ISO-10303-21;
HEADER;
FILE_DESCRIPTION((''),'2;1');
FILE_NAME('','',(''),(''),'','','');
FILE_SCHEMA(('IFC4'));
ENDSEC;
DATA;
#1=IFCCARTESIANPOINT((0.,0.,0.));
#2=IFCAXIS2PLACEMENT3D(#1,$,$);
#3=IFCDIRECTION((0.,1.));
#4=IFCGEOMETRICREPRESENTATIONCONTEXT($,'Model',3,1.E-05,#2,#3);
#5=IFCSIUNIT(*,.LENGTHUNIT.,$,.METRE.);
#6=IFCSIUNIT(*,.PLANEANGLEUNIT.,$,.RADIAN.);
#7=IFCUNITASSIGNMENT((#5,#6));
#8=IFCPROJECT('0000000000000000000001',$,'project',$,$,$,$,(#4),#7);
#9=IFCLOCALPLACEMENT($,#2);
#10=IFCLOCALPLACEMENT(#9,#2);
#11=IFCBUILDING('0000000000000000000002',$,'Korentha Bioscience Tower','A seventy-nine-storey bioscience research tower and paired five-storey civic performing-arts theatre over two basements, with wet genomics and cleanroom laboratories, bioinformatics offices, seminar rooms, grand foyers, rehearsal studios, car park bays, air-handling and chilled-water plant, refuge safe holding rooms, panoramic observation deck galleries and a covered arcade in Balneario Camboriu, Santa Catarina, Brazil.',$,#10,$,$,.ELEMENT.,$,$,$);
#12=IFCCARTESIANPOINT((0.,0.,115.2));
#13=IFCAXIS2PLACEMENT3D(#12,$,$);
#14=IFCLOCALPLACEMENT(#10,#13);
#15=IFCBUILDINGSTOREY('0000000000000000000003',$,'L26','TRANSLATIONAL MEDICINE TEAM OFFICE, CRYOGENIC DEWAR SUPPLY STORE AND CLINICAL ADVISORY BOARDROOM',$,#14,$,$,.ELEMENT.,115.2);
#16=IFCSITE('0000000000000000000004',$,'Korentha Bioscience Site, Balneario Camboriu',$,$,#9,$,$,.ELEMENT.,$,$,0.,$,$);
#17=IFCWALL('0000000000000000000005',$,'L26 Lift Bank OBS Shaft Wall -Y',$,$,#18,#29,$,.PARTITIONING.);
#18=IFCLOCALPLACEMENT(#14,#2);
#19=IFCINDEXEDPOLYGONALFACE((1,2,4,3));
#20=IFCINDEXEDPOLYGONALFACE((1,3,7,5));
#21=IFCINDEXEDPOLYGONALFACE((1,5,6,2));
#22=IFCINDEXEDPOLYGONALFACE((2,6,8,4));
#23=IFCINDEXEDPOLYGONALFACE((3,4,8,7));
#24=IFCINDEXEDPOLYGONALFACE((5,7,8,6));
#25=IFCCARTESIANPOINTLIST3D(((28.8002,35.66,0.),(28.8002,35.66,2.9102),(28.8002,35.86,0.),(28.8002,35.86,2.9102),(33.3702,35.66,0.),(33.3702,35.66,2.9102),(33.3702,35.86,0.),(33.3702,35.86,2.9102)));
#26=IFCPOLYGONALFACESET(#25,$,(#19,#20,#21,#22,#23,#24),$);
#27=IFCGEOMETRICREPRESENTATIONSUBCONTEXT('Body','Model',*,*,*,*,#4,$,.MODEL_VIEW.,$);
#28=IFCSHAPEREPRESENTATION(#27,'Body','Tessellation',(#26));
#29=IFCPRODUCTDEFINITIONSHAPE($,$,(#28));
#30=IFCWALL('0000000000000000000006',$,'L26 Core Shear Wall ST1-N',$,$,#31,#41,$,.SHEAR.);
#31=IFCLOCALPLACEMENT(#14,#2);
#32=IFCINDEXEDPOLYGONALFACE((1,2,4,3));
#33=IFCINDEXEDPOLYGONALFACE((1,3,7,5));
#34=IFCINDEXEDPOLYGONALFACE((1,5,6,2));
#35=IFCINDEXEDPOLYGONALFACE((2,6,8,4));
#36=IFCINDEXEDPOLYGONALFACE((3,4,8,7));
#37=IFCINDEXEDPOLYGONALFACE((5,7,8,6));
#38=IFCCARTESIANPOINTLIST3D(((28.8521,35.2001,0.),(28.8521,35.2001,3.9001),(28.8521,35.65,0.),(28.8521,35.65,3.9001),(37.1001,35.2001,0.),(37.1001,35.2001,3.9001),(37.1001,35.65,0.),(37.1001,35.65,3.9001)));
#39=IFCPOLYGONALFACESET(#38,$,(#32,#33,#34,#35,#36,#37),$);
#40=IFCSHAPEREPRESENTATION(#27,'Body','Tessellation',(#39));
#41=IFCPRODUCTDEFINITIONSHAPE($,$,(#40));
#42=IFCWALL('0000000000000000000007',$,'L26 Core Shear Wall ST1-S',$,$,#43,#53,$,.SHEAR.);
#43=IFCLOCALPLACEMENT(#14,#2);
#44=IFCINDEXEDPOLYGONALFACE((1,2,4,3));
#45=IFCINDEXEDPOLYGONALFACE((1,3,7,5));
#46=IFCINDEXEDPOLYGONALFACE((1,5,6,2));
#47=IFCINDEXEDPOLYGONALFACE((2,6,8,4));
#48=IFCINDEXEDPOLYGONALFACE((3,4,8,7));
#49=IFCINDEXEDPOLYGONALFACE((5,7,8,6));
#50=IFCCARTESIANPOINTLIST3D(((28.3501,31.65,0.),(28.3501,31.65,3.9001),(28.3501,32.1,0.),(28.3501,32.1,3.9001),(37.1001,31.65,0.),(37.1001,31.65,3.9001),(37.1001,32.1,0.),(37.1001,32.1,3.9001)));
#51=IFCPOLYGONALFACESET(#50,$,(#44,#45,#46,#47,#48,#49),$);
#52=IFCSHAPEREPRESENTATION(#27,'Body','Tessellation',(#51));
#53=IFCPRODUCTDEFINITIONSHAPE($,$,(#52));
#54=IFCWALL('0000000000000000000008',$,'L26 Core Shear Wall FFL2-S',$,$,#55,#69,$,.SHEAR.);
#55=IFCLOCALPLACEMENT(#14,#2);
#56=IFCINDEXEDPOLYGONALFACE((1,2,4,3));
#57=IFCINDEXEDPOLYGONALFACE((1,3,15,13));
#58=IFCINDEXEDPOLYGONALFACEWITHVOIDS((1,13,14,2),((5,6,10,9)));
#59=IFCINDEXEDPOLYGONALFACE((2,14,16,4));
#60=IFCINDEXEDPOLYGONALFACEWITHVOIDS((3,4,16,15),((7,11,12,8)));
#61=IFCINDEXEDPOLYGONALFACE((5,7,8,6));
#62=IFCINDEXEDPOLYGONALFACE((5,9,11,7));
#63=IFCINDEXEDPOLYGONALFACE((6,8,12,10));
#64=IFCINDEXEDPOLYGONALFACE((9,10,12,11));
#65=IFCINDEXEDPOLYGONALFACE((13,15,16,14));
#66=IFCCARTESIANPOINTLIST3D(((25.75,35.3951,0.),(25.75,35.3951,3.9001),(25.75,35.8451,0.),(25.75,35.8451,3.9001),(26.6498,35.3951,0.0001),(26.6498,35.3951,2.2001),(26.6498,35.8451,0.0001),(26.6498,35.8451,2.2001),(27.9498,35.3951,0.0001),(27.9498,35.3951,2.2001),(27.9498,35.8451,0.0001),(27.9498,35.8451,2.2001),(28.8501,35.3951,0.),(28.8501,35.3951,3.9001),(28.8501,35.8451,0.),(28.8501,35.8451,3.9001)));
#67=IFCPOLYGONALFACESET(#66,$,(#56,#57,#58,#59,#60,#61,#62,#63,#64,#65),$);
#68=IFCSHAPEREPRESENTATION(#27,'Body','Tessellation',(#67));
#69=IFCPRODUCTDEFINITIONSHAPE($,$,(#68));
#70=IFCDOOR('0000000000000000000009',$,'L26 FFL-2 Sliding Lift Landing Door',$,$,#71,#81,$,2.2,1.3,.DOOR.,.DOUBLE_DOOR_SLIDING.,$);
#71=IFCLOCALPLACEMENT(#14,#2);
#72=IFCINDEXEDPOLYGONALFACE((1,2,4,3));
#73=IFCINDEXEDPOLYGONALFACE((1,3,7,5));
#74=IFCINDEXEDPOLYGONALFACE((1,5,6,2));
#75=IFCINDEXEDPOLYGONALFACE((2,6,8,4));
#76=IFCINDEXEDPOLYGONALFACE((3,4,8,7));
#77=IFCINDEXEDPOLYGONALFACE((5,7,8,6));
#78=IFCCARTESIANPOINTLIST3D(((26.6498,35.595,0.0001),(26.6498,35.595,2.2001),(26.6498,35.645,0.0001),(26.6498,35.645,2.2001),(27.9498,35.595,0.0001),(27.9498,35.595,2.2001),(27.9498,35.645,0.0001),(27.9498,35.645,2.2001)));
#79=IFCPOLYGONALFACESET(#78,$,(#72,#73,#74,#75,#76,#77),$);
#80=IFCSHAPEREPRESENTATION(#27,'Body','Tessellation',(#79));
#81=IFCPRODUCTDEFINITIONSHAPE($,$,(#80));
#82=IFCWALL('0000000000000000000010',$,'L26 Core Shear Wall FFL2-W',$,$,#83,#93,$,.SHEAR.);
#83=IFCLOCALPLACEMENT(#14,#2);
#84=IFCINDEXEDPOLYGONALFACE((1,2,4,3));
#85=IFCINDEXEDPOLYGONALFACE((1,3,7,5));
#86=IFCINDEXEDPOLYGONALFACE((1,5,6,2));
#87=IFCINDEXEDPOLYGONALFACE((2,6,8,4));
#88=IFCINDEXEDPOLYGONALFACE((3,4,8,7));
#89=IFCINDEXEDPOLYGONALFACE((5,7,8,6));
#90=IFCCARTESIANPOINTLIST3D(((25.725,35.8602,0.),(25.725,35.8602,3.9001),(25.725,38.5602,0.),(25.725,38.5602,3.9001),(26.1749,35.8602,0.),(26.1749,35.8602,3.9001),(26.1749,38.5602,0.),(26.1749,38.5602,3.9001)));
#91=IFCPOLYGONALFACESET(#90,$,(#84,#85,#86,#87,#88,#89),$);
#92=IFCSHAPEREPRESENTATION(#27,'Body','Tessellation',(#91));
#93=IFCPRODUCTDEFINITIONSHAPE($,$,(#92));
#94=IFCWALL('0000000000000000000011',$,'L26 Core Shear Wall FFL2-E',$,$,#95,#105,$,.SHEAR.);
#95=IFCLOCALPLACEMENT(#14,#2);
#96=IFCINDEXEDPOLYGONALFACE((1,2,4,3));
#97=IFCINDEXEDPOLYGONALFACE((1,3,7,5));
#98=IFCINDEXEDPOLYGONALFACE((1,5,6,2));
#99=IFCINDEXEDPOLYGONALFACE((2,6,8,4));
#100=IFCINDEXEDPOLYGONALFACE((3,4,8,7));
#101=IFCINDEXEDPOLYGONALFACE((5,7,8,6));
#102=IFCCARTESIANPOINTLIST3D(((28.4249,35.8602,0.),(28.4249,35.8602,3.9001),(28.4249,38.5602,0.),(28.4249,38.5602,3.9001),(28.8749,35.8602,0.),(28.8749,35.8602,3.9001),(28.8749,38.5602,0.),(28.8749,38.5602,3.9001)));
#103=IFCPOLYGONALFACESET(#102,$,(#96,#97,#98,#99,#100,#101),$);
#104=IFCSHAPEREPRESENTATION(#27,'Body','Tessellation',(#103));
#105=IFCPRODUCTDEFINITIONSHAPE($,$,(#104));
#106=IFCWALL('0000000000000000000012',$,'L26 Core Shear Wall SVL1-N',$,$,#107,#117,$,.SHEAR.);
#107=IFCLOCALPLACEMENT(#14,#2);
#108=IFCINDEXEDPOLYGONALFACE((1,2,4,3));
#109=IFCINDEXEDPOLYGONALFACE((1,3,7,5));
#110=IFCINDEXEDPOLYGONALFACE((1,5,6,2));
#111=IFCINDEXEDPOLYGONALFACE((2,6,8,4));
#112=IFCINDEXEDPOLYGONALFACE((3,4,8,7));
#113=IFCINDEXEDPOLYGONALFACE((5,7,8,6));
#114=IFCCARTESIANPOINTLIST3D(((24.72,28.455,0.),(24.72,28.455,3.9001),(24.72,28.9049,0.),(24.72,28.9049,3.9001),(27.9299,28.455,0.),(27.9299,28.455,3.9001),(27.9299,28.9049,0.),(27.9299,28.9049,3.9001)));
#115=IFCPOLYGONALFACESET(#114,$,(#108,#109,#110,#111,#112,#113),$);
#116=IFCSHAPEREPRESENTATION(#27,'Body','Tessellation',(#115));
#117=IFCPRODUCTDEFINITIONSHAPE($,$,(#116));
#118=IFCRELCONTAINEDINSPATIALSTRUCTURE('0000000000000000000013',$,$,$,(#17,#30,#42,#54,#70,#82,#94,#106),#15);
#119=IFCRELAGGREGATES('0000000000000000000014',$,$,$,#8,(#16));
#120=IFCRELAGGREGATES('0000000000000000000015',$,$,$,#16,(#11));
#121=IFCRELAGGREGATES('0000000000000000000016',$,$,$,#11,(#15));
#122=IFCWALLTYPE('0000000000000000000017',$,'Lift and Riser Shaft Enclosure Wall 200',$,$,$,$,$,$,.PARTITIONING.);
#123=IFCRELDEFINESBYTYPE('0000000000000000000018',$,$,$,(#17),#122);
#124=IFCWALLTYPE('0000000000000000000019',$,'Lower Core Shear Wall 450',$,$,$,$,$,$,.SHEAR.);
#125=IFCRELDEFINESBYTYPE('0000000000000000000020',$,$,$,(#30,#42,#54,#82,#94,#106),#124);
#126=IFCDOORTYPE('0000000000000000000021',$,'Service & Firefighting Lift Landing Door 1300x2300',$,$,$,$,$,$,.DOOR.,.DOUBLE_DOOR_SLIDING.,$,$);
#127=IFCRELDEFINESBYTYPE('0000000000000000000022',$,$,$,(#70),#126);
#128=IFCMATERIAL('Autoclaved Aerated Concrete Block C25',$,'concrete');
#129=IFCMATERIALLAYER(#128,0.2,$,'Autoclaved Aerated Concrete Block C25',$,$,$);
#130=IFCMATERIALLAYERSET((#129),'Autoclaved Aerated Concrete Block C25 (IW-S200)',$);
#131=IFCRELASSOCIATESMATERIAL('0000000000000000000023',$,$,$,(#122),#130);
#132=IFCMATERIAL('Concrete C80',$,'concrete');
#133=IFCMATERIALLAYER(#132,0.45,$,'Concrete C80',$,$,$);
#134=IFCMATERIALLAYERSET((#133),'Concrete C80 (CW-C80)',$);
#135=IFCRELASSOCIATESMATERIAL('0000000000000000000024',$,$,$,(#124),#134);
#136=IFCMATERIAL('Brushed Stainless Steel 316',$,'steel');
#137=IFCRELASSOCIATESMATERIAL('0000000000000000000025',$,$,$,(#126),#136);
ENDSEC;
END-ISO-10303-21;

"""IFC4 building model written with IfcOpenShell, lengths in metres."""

from ifc_helpers import new_model, si_unit, direction, frame, frame_2d, origin, place, context, subcontext, project, spatial, rectangle, extrude, material, layer, layer_set, type_object, element, fill, save


model = new_model("IFC4")

# Units and contexts
model_context = context("Model", 3, precision=1e-05, world=origin(), true_north=direction((0.0, 1.0)))
body_context = subcontext(model_context, "Body", "Model", "MODEL_VIEW")
ifc_project = project(units=[si_unit("LENGTHUNIT", "METRE"), si_unit("PLANEANGLEUNIT", "RADIAN")], contexts=[model_context])

# Site, building, storey
site_placement = place(None, origin())
site = spatial("IfcSite", under=ifc_project, at=site_placement, Name="Korentha Bioscience Site, Balneario Camboriu", CompositionType="ELEMENT", RefElevation=0.0)
building_placement = place(site_placement, origin())
building = spatial("IfcBuilding", under=site, at=building_placement, Name="Korentha Bioscience Tower", Description="A seventy-nine-storey bioscience research tower and paired five-storey civic performing-arts theatre over two basements, with wet genomics and cleanroom laboratories, bioinformatics offices, seminar rooms, grand foyers, rehearsal studios, car park bays, air-handling and chilled-water plant, refuge safe holding rooms, panoramic observation deck galleries and a covered arcade in Balneario Camboriu, Santa Catarina, Brazil.", CompositionType="ELEMENT")
storey_placement = place(building_placement, frame((0.0, 0.0, 115.2)))
storey = spatial("IfcBuildingStorey", under=building, at=storey_placement, Name="L26", Description="TRANSLATIONAL MEDICINE TEAM OFFICE, CRYOGENIC DEWAR SUPPLY STORE AND CLINICAL ADVISORY BOARDROOM", CompositionType="ELEMENT", Elevation=115.2)

# Shared definitions
ifc_material_1 = material(Name="Concrete C80", Category="concrete")

# Walls
ifc_material_2 = material(Name="Autoclaved Aerated Concrete Block C25", Category="concrete")
ifc_layer_1 = layer(ifc_material_2, 0.2, Name="Autoclaved Aerated Concrete Block C25")
ifc_layer_set_1 = layer_set([ifc_layer_1], Name="Autoclaved Aerated Concrete Block C25 (IW-S200)")
wall_type_1 = type_object("IfcWallType", Name="Lift and Riser Shaft Enclosure Wall 200", PredefinedType="PARTITIONING", material=ifc_layer_set_1)
wall_1_placement = place(storey_placement, frame((28.8, 35.76, 0.0), z_axis=(0.0, 0.0, 1.0), x_axis=(1.0, 0.0, 0.0)))
element("IfcWall", 1, at=wall_1_placement, inside=storey, type_object=wall_type_1, Name="L26 Lift Bank OBS Shaft Wall -Y", PredefinedType="PARTITIONING", context=body_context, shape_type="SweptSolid", body=[
    extrude(rectangle(XDim=4.5701, YDim=0.2, at=frame_2d((2.2852, 0.0))), origin(), (0.0, 0.0, 1.0), 2.9102),
])
ifc_layer_2 = layer(ifc_material_1, 0.45, Name="Concrete C80")
ifc_layer_set_2 = layer_set([ifc_layer_2], Name="Concrete C80 (CW-C80)")
wall_type_2 = type_object("IfcWallType", Name="Lower Core Shear Wall 450", PredefinedType="SHEAR", material=ifc_layer_set_2)
wall_2_placement = place(storey_placement, frame((28.8521, 35.425, 0.0), z_axis=(0.0, 0.0, 1.0), x_axis=(1.0, 0.0, 0.0)))
element("IfcWall", 2, at=wall_2_placement, inside=storey, type_object=wall_type_2, Name="L26 Core Shear Wall ST1-N", PredefinedType="SHEAR", context=body_context, shape_type="SweptSolid", body=[
    extrude(rectangle(XDim=8.248, YDim=0.45, at=frame_2d((4.124, 0.0))), origin(), (0.0, 0.0, 1.0), 3.9001),
])
wall_3_placement = place(storey_placement, frame((28.3501, 31.875, 0.0), z_axis=(0.0, 0.0, 1.0), x_axis=(1.0, 0.0, 0.0)))
element("IfcWall", 3, at=wall_3_placement, inside=storey, type_object=wall_type_2, Name="L26 Core Shear Wall ST1-S", PredefinedType="SHEAR", context=body_context, shape_type="SweptSolid", body=[
    extrude(rectangle(XDim=8.75, YDim=0.45, at=frame_2d((4.375, 0.0))), origin(), (0.0, 0.0, 1.0), 3.9001),
])

# Wall, opening, door
wall_4_placement = place(storey_placement, frame((25.75, 35.6201, 0.0), z_axis=(0.0, 0.0, 1.0), x_axis=(1.0, 0.0, 0.0)))
wall_4 = element("IfcWall", 4, at=wall_4_placement, inside=storey, type_object=wall_type_2, Name="L26 Core Shear Wall FFL2-S", PredefinedType="SHEAR", context=body_context, shape_type="SweptSolid", body=[
    extrude(rectangle(XDim=3.1001, YDim=0.45, at=frame_2d((1.55, 0.0))), origin(), (0.0, 0.0, 1.0), 3.9001),
])
opening_1_placement = place(wall_4_placement, frame((0.8999, 0.0, 0.0)))
opening_1 = element("IfcOpeningElement", 5, at=opening_1_placement, cuts=wall_4, PredefinedType="OPENING", context=body_context, shape_type="SweptSolid", body=[
    extrude(rectangle(XDim=1.3, YDim=2.2, at=frame_2d((0.6499, 1.1001))), frame((0.0, 0.2397, 0.0), z_axis=(0.0, -1.0, 0.0), x_axis=(1.0, 0.0, 0.0)), (0.0, 0.0, 1.0), 0.4797),
])
ifc_material_3 = material(Name="Brushed Stainless Steel 316", Category="steel")
door_type_1 = type_object("IfcDoorType", Name="Service & Firefighting Lift Landing Door 1300x2300", OperationType="DOUBLE_DOOR_SLIDING", PredefinedType="DOOR", material=ifc_material_3)
door_1_placement = place(opening_1_placement, origin())
door_1 = element("IfcDoor", 6, at=door_1_placement, inside=storey, type_object=door_type_1, Name="L26 FFL-2 Sliding Lift Landing Door", OperationType="DOUBLE_DOOR_SLIDING", OverallHeight=2.2, OverallWidth=1.3, PredefinedType="DOOR", context=body_context, shape_type="SweptSolid", body=[
    extrude(rectangle(XDim=1.3, YDim=2.2, at=frame_2d((0.6499, 1.1001))), frame((0.0, 0.0249, 0.0), z_axis=(0.0, -1.0, 0.0), x_axis=(1.0, 0.0, 0.0)), (0.0, 0.0, 1.0), 0.05),
])
fill(opening_1, door_1)

# Walls
for number, where, z_axis, x_axis, name in (
    (7, (25.95, 35.8601, 0.0), (0.0, 0.0, 1.0), (0.0, 1.0, 0.0), "L26 Core Shear Wall FFL2-W"),
    (8, (28.6499, 35.8601, 0.0), (0.0, 0.0, 1.0), (0.0, 1.0, 0.0), "L26 Core Shear Wall FFL2-E"),
):
    element("IfcWall", number, at=place(storey_placement, frame(where, z_axis=z_axis, x_axis=x_axis)), inside=storey, type_object=wall_type_2, Name=name, PredefinedType="SHEAR", context=body_context, shape_type="SweptSolid", body=[
        extrude(rectangle(XDim=2.7, YDim=0.45, at=frame_2d((1.3501, 0.0))), origin(), (0.0, 0.0, 1.0), 3.9001),
    ])
wall_5_placement = place(storey_placement, frame((24.72, 28.6799, 0.0), z_axis=(0.0, 0.0, 1.0), x_axis=(1.0, 0.0, 0.0)))
element("IfcWall", 9, at=wall_5_placement, inside=storey, type_object=wall_type_2, Name="L26 Core Shear Wall SVL1-N", PredefinedType="SHEAR", context=body_context, shape_type="SweptSolid", body=[
    extrude(rectangle(XDim=3.21, YDim=0.45, at=frame_2d((1.605, 0.0))), origin(), (0.0, 0.0, 1.0), 3.9001),
])

save(model, "model.ifc")
